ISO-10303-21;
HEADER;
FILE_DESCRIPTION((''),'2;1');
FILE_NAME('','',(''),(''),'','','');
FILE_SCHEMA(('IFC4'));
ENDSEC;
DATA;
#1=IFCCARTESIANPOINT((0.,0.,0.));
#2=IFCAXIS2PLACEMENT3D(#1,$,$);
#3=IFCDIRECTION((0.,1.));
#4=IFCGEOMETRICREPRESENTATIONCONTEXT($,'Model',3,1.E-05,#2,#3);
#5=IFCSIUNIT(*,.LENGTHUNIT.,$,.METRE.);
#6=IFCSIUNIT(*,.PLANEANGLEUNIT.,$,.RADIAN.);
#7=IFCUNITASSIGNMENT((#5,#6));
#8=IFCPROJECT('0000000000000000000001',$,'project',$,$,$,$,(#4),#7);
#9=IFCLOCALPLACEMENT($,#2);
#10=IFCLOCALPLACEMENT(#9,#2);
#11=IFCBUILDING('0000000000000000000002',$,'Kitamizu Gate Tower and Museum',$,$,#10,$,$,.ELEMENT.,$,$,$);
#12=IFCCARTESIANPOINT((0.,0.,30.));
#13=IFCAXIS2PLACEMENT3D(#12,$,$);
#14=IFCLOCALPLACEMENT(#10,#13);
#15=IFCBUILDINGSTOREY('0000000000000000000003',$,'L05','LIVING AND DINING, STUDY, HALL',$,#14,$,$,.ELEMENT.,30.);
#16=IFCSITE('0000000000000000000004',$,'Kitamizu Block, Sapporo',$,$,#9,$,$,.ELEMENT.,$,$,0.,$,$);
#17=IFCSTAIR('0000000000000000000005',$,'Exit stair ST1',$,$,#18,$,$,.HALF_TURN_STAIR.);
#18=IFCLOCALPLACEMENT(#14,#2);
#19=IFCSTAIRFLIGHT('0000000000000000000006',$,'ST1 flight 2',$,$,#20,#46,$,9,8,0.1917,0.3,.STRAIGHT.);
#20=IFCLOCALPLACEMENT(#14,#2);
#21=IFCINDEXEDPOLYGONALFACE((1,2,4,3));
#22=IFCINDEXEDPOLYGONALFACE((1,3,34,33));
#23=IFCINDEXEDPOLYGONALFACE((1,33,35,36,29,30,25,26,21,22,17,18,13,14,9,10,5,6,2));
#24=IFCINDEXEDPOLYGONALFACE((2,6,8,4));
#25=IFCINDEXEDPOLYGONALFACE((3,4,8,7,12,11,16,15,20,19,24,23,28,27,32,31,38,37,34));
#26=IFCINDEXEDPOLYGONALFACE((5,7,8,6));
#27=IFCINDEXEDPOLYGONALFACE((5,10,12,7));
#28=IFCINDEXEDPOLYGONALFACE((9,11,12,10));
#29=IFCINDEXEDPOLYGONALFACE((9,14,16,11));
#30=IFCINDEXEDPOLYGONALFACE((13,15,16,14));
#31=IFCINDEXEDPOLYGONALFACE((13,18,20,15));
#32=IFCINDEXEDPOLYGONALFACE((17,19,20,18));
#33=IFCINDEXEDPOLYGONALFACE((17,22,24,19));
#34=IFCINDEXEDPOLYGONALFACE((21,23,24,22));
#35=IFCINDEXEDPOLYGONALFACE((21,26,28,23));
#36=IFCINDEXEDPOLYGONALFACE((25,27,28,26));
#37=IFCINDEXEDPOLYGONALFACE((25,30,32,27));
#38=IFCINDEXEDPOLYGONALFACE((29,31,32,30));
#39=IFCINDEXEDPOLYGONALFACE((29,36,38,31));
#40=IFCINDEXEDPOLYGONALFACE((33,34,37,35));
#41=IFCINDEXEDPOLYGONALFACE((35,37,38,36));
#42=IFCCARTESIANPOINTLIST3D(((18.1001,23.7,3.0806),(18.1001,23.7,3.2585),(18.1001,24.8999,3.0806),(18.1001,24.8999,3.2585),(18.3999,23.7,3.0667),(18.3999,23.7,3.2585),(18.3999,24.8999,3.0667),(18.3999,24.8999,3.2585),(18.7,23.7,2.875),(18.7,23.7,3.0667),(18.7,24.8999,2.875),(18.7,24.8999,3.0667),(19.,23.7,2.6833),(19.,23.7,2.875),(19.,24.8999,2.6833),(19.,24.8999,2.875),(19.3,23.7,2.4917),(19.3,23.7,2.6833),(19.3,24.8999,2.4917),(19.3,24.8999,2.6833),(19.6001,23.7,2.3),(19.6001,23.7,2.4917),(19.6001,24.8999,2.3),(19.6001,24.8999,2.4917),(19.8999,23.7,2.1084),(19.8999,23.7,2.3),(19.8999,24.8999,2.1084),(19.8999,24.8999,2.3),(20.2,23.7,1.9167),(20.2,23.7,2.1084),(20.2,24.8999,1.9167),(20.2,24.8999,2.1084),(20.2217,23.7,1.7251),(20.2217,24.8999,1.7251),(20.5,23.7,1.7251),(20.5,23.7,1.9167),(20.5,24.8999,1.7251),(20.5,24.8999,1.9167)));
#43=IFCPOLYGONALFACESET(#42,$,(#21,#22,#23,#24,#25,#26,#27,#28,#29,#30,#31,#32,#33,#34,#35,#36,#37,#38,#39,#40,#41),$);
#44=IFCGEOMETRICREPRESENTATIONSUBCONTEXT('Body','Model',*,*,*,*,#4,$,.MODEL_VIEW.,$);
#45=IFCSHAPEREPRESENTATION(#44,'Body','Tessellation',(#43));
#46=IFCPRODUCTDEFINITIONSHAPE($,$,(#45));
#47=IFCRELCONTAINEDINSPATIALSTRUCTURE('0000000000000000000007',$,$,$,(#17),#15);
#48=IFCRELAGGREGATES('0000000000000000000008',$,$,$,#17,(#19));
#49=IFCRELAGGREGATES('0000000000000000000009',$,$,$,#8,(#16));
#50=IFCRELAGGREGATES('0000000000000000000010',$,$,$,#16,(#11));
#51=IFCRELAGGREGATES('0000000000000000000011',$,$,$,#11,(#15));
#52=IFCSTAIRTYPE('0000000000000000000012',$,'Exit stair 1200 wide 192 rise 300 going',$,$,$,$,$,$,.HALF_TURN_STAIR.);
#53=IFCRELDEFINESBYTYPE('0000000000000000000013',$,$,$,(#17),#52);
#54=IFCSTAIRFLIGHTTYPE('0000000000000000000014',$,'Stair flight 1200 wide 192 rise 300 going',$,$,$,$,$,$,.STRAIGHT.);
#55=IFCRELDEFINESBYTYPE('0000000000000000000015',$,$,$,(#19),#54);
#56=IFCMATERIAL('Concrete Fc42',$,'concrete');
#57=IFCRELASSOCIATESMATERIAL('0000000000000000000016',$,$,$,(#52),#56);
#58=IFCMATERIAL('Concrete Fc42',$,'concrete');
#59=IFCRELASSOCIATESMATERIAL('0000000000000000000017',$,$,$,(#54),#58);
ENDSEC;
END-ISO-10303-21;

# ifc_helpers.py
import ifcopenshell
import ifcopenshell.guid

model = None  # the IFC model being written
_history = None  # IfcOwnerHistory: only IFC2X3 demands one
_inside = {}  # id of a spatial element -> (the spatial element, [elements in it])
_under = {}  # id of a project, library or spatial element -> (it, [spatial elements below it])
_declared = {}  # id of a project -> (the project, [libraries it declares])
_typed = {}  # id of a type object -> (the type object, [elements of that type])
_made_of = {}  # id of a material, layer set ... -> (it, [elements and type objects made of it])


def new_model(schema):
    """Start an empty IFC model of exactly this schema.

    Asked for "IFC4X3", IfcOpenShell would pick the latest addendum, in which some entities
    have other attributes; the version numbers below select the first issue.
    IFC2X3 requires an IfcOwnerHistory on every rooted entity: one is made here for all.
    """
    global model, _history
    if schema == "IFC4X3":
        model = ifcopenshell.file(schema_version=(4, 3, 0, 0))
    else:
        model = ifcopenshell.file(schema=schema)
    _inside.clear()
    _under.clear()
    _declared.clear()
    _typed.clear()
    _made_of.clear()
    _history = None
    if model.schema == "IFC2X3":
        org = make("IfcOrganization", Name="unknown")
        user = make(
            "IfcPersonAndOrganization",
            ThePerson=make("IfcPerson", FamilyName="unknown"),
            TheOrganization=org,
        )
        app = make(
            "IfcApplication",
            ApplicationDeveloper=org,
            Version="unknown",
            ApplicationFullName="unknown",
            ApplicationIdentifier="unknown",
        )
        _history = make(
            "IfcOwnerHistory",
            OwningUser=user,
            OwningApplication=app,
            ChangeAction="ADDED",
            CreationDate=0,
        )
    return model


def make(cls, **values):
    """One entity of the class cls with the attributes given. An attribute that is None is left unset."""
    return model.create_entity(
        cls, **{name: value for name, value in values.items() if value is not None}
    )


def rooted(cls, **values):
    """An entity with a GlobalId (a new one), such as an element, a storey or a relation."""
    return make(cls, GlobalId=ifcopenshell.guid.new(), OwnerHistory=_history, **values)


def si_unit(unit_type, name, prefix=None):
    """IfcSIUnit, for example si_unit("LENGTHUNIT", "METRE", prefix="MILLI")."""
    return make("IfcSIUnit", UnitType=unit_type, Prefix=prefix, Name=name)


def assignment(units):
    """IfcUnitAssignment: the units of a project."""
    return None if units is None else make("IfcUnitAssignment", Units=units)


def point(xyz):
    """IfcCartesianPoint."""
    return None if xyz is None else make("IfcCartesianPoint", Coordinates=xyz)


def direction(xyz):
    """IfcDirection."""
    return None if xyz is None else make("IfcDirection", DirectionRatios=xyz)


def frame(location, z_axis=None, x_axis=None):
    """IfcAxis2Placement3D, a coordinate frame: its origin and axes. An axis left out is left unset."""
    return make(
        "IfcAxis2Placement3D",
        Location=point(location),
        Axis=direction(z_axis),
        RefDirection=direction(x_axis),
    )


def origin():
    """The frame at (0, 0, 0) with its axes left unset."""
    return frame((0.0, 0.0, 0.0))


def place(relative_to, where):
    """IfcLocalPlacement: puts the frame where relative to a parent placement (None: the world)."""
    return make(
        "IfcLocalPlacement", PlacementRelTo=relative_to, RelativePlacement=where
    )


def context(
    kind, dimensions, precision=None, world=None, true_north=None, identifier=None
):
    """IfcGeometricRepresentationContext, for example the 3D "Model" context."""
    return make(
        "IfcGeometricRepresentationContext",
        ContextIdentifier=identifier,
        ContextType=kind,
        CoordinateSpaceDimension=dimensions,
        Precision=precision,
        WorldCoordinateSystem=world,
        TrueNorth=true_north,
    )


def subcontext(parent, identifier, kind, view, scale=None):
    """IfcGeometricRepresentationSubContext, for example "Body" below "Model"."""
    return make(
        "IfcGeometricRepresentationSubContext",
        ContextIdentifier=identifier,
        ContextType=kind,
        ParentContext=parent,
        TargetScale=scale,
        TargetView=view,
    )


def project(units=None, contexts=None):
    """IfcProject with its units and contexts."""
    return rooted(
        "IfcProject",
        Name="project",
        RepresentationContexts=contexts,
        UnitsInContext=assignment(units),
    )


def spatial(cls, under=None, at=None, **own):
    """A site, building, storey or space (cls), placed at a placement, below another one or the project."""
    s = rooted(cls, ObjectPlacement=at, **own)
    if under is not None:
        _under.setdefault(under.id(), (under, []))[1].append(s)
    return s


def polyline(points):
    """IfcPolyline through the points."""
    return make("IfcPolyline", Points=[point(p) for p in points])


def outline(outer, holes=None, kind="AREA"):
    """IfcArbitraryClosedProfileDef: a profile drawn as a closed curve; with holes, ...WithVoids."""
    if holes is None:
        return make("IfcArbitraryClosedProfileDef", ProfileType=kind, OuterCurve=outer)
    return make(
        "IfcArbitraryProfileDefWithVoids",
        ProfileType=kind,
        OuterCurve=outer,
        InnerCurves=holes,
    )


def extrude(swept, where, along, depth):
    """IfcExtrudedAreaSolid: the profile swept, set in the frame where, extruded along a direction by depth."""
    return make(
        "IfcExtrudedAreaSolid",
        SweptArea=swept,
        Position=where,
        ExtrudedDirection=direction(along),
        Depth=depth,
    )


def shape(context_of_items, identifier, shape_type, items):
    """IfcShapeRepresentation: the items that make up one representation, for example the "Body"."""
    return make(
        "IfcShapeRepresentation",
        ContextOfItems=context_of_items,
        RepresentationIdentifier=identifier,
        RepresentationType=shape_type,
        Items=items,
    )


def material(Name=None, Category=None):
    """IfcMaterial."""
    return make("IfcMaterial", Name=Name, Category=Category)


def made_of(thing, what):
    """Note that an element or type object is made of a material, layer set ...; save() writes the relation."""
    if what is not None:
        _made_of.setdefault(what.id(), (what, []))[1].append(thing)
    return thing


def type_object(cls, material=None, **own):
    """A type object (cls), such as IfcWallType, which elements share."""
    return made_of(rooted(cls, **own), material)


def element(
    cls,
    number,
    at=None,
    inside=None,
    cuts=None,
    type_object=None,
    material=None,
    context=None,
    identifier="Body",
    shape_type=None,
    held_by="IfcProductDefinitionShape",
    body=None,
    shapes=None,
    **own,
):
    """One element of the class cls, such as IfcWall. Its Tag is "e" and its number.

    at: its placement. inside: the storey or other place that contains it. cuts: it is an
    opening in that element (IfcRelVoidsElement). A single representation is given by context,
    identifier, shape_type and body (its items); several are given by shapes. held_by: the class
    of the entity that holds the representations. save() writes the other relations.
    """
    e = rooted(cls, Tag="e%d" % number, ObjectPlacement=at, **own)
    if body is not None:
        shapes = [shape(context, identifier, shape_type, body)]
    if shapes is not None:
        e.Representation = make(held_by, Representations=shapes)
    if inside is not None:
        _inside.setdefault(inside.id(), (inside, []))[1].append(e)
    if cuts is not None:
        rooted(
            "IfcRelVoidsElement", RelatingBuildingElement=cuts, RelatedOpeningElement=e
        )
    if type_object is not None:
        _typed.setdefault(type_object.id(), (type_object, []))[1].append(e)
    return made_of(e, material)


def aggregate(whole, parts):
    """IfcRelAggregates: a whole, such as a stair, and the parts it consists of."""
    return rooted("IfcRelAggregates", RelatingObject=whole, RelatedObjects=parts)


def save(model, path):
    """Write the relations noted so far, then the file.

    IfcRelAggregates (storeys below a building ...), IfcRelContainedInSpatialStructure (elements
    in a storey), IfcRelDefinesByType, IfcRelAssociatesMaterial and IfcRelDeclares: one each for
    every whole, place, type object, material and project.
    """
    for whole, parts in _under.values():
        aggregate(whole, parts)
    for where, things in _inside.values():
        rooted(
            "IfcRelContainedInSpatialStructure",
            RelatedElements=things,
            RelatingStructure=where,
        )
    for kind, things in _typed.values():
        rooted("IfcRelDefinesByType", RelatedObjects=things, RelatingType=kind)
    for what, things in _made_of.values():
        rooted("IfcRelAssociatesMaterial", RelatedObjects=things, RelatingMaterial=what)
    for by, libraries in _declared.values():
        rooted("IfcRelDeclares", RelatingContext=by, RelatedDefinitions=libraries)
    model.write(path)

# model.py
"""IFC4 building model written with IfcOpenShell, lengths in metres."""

from ifc_helpers import new_model, si_unit, direction, frame, origin, place, context, subcontext, project, spatial, polyline, outline, extrude, material, type_object, element, aggregate, save


model = new_model("IFC4")

# Units and contexts
model_context = context("Model", 3, precision=1e-05, world=origin(), true_north=direction((0.0, 1.0)))
body_context = subcontext(model_context, "Body", "Model", "MODEL_VIEW")
ifc_project = project(units=[si_unit("LENGTHUNIT", "METRE"), si_unit("PLANEANGLEUNIT", "RADIAN")], contexts=[model_context])

# Site, building, storey
site_placement = place(None, origin())
site = spatial("IfcSite", under=ifc_project, at=site_placement, Name="Kitamizu Block, Sapporo", CompositionType="ELEMENT", RefElevation=0.0)
building_placement = place(site_placement, origin())
building = spatial("IfcBuilding", under=site, at=building_placement, Name="Kitamizu Gate Tower and Museum", CompositionType="ELEMENT")
storey_placement = place(building_placement, frame((0.0, 0.0, 30.0)))
storey = spatial("IfcBuildingStorey", under=building, at=storey_placement, Name="L05", Description="LIVING AND DINING, STUDY, HALL", CompositionType="ELEMENT", Elevation=30.0)

# Stair, stair flight
ifc_material_1 = material(Name="Concrete Fc42", Category="concrete")
stair_type = type_object("IfcStairType", Name="Exit stair 1200 wide 192 rise 300 going", PredefinedType="HALF_TURN_STAIR", material=ifc_material_1)
stair_placement = place(storey_placement, origin())
stair = element("IfcStair", 1, at=stair_placement, inside=storey, type_object=stair_type, Name="Exit stair ST1", PredefinedType="HALF_TURN_STAIR")
ifc_material_2 = material(Name="Concrete Fc42", Category="concrete")
stair_flight_type = type_object("IfcStairFlightType", Name="Stair flight 1200 wide 192 rise 300 going", PredefinedType="STRAIGHT", material=ifc_material_2)
stair_flight_1_placement = place(storey_placement, frame((20.5, 24.3, 1.7251), z_axis=(0.0, 0.0, 1.0), x_axis=(-1.0, 0.0, 0.0)))
stair_flight_1 = element("IfcStairFlight", 2, at=stair_flight_1_placement, type_object=stair_flight_type, Name="ST1 flight 2", NumberOfRisers=9, NumberOfTreads=8, PredefinedType="STRAIGHT", RiserHeight=0.1917, TreadLength=0.3, context=body_context, shape_type="SweptSolid", body=[
    extrude(outline(polyline([(0.0, 0.0), (0.0, 0.1917), (0.3, 0.1917), (0.3, 0.3833), (0.6001, 0.3833), (0.6001, 0.575), (0.8999, 0.575), (0.8999, 0.7666), (1.2, 0.7666), (1.2, 0.9583), (1.5, 0.9583), (1.5, 1.1499), (1.8, 1.1499), (1.8, 1.3416), (2.1001, 1.3416), (2.1001, 1.5334), (2.3999, 1.5334), (2.3999, 1.7251), (2.3999, 1.3555), (0.2783, 0.0), (0.0, 0.0)])), frame((0.0, 0.6001, 0.0), z_axis=(0.0, -1.0, 0.0), x_axis=(1.0, 0.0, 0.0)), (0.0, 0.0, 1.0), 1.2),
])
aggregate(stair, [stair_flight_1])

save(model, "model.ifc")
